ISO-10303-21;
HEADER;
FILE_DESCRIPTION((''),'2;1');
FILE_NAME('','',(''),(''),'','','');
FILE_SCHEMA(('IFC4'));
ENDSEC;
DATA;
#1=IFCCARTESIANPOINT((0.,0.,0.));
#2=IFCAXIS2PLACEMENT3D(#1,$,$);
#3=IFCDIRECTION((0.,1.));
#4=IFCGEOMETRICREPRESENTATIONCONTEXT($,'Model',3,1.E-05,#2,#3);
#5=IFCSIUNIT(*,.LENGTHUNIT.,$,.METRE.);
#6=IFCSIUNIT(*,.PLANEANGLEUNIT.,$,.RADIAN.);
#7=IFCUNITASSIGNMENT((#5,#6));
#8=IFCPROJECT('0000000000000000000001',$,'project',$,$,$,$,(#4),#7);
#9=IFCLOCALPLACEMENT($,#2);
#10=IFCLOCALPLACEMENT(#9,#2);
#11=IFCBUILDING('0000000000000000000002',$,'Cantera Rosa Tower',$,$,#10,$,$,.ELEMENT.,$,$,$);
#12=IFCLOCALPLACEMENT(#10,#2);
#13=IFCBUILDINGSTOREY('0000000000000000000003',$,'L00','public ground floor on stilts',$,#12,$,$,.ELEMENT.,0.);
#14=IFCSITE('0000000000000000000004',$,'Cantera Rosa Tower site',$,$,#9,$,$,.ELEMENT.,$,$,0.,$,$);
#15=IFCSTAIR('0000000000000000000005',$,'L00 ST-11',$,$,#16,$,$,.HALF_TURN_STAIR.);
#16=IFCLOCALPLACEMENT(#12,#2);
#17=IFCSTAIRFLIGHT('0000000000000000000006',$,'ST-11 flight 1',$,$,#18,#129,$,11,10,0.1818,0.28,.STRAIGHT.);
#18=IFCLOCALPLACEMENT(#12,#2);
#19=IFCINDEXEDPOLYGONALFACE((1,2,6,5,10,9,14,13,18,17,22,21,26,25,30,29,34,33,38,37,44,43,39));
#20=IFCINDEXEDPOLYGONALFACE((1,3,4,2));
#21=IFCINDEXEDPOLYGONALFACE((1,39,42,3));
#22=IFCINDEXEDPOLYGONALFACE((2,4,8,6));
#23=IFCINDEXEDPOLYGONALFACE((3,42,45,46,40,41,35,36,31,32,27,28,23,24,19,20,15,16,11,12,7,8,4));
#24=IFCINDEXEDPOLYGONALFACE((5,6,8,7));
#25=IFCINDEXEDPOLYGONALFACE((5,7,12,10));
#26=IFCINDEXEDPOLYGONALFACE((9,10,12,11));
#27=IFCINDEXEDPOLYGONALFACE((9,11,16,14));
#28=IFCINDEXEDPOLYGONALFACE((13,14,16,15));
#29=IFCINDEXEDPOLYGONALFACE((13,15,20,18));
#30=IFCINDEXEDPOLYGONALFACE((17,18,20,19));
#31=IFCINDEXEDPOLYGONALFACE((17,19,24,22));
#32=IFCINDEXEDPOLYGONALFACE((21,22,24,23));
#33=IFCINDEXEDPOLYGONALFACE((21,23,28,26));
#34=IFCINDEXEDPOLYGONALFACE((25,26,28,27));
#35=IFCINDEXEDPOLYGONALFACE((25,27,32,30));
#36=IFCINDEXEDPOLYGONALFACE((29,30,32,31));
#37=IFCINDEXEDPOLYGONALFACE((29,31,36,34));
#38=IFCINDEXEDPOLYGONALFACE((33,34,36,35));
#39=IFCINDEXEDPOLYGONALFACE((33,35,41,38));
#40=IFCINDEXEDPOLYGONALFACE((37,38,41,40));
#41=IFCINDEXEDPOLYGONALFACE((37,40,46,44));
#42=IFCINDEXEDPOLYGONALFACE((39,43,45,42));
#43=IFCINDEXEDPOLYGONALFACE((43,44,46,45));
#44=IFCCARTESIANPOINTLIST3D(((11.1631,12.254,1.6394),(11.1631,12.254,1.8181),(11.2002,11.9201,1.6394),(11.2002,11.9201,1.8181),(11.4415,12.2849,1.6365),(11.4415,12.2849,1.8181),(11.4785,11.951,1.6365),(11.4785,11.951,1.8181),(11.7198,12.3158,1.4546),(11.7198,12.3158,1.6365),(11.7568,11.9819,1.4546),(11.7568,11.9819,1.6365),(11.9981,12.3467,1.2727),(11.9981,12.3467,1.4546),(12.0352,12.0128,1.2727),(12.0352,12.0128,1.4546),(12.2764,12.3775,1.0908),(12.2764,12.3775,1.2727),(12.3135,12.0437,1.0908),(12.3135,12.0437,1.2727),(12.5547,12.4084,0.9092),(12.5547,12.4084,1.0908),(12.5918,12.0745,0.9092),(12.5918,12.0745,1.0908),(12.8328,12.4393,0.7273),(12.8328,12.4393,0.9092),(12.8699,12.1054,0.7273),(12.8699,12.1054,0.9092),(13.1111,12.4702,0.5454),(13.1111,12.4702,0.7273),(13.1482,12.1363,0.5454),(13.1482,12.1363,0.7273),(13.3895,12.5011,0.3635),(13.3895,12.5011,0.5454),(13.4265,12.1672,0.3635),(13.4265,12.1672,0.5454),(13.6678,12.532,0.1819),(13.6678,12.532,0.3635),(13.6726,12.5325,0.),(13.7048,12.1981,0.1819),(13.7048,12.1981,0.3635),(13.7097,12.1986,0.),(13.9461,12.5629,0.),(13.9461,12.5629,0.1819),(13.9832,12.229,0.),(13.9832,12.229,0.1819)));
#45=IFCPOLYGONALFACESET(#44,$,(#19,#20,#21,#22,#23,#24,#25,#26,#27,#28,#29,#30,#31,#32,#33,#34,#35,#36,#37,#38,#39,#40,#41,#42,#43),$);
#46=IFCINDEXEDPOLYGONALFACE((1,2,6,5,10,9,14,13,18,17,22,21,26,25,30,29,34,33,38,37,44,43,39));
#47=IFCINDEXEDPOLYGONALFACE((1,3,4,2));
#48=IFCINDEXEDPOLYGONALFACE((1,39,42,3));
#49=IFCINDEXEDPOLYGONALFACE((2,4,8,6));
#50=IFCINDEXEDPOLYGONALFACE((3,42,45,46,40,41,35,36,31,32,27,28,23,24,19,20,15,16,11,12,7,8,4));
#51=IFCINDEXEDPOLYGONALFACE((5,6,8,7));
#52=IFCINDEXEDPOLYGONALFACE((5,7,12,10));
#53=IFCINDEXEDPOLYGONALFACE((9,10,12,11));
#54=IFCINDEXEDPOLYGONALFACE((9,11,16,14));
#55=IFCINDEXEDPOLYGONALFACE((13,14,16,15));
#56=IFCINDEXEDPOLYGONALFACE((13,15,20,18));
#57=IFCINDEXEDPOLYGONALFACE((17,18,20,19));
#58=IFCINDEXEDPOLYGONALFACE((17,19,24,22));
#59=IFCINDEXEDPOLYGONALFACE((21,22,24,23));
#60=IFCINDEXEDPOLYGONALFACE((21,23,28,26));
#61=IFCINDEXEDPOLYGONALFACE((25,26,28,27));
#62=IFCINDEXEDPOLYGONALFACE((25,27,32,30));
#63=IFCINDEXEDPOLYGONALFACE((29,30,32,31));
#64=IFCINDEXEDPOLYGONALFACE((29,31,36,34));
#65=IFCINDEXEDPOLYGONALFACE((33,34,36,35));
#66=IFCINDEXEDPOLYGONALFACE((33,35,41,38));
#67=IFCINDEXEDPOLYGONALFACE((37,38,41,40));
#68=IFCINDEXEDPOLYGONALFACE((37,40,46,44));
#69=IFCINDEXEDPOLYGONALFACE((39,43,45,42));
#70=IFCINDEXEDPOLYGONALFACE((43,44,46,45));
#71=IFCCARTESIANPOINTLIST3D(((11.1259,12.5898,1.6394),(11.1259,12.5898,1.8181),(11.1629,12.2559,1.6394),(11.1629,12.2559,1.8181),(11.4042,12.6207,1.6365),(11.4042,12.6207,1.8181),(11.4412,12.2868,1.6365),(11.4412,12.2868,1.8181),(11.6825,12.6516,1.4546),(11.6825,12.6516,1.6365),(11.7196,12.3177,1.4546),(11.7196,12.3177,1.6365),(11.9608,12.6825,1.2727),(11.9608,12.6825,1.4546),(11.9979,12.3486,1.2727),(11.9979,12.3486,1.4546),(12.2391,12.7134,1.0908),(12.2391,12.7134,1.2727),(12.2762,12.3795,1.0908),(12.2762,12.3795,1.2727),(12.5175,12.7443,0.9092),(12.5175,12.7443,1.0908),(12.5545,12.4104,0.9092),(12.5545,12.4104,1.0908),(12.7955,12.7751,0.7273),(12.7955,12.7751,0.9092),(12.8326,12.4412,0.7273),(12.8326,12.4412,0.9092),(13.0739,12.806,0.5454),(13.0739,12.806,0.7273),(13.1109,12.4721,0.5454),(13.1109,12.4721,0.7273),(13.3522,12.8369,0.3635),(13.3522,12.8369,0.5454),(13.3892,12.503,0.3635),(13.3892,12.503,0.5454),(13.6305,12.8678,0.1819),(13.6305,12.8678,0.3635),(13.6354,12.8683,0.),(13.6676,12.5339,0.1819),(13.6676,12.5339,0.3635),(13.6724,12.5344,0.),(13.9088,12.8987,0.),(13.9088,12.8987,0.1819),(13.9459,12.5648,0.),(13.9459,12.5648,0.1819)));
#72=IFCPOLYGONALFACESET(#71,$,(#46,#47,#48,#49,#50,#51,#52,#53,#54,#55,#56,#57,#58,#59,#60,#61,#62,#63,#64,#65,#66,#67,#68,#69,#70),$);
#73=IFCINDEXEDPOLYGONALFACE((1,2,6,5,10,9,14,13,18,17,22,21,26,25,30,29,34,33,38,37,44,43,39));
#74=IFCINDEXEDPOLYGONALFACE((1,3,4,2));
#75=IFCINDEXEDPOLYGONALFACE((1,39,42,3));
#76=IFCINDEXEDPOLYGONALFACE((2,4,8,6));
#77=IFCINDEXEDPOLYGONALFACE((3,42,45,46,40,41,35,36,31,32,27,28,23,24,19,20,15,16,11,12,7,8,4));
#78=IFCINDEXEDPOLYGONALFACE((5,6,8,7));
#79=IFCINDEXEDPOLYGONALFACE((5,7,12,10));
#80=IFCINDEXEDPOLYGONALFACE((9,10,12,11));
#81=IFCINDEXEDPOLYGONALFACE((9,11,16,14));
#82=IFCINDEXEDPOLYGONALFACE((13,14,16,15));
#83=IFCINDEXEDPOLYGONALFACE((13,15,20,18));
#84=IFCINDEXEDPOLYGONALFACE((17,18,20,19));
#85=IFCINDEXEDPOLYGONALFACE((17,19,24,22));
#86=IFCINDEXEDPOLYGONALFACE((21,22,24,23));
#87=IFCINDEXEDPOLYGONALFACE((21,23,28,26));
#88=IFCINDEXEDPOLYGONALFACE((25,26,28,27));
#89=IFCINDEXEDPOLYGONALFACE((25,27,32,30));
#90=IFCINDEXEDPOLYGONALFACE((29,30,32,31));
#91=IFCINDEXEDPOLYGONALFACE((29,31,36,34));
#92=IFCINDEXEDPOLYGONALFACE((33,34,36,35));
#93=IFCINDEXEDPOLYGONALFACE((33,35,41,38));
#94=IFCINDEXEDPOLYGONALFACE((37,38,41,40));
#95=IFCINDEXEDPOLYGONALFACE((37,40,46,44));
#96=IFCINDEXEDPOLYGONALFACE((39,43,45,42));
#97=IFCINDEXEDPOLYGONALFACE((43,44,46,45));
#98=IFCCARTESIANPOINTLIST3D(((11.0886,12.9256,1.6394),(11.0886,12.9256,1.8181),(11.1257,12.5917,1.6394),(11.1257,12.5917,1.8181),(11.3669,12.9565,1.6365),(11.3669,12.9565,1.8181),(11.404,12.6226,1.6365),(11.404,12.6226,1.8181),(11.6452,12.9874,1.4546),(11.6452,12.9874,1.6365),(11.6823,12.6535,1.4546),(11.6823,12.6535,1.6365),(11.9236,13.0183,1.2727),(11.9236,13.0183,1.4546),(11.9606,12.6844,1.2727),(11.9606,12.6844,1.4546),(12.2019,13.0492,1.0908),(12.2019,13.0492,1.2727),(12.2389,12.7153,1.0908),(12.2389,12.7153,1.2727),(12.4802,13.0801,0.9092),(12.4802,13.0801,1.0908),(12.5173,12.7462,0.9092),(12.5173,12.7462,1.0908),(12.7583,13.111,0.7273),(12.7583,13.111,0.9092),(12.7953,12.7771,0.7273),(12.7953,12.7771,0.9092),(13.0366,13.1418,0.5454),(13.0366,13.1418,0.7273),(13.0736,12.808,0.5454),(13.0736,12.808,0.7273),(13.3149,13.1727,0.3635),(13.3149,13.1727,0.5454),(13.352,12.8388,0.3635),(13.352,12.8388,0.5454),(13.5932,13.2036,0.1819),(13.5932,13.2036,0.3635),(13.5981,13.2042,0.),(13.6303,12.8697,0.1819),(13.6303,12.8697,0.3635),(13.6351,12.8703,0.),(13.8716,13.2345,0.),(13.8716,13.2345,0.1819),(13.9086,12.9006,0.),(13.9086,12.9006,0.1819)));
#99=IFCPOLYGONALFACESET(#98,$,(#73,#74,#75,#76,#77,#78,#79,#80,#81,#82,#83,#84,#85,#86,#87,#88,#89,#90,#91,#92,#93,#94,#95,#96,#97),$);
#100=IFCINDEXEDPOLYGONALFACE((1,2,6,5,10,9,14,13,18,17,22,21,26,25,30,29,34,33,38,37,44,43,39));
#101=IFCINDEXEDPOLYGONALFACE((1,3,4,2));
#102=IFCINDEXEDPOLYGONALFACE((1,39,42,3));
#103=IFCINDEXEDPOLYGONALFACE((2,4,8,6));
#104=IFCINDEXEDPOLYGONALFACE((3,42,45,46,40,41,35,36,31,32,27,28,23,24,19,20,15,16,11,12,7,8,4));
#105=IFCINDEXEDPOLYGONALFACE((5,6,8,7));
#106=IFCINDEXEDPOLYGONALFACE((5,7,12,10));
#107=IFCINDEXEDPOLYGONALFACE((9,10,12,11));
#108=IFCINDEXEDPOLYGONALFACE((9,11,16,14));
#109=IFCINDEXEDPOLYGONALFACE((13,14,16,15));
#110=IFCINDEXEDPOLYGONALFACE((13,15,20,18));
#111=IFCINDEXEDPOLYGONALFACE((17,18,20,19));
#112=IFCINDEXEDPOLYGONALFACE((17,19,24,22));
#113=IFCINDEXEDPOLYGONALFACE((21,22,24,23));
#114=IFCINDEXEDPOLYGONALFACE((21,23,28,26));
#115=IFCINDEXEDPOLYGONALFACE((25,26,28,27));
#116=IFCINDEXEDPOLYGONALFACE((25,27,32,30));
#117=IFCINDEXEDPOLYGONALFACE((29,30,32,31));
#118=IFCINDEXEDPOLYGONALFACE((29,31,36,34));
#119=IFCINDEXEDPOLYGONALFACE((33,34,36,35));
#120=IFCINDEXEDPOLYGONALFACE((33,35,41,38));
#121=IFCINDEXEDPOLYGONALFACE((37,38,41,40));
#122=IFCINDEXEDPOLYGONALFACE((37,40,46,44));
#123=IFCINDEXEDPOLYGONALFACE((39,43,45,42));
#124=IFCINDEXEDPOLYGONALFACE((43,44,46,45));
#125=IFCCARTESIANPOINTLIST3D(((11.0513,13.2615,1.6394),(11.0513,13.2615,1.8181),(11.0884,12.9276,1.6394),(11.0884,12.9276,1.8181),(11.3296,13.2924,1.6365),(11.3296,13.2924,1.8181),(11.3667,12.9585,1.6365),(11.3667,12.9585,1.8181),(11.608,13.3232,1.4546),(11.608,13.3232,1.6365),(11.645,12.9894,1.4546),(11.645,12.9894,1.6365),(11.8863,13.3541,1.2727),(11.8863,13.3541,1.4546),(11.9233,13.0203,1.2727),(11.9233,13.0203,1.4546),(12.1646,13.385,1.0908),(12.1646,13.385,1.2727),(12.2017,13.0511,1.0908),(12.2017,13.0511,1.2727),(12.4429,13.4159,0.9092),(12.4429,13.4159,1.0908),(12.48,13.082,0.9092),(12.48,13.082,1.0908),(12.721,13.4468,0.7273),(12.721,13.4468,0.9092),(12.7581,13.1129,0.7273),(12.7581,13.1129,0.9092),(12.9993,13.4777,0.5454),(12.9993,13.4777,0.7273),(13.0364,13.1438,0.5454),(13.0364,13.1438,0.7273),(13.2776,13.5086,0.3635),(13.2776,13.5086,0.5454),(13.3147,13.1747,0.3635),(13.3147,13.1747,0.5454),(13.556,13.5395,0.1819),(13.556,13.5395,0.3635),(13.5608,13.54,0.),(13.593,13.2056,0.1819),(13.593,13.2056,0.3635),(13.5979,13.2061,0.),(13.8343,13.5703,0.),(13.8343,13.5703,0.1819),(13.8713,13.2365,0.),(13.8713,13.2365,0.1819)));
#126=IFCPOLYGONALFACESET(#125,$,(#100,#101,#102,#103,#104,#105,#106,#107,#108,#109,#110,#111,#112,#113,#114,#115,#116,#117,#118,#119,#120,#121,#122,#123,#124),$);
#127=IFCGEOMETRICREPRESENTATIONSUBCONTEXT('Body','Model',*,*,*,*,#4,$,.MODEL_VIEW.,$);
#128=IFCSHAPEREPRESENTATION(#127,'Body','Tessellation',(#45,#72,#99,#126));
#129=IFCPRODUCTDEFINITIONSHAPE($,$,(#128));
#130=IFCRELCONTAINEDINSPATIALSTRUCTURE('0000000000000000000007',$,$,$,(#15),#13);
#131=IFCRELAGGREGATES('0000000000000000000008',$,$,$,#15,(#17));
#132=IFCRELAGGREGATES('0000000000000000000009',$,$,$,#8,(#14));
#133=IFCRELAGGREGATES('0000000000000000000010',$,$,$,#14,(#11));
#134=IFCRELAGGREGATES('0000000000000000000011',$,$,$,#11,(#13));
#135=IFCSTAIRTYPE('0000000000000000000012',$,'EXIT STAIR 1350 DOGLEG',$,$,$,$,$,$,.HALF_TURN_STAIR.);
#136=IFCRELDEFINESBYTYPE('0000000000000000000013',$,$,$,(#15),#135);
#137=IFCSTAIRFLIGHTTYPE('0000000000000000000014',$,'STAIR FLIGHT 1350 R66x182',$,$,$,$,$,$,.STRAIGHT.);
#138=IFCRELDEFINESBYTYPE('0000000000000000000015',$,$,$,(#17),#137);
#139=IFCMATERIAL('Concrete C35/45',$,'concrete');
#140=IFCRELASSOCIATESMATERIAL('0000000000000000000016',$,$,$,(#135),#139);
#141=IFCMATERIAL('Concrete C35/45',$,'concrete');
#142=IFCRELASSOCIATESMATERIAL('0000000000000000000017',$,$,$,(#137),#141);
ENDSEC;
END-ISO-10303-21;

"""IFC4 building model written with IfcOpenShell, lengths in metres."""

from ifc_helpers import new_model, si_unit, direction, frame, origin, place, context, subcontext, project, spatial, polyline, outline, extrude, material, type_object, element, aggregate, save


model = new_model("IFC4")

# Units and contexts
model_context = context("Model", 3, precision=1e-05, world=origin(), true_north=direction((0.0, 1.0)))
body_context = subcontext(model_context, "Body", "Model", "MODEL_VIEW")
ifc_project = project(units=[si_unit("LENGTHUNIT", "METRE"), si_unit("PLANEANGLEUNIT", "RADIAN")], contexts=[model_context])

# Site, building, storey
site_placement = place(None, origin())
site = spatial("IfcSite", under=ifc_project, at=site_placement, Name="Cantera Rosa Tower site", CompositionType="ELEMENT", RefElevation=0.0)
building_placement = place(site_placement, origin())
building = spatial("IfcBuilding", under=site, at=building_placement, Name="Cantera Rosa Tower", CompositionType="ELEMENT")
storey_placement = place(building_placement, origin())
storey = spatial("IfcBuildingStorey", under=building, at=storey_placement, Name="L00", Description="public ground floor on stilts", CompositionType="ELEMENT", Elevation=0.0)

# Stair, stair flight
ifc_material_1 = material(Name="Concrete C35/45", Category="concrete")
stair_type = type_object("IfcStairType", Name="EXIT STAIR 1350 DOGLEG", PredefinedType="HALF_TURN_STAIR", material=ifc_material_1)
stair_placement = place(storey_placement, origin())
stair = element("IfcStair", 1, at=stair_placement, inside=storey, type_object=stair_type, Name="L00 ST-11", PredefinedType="HALF_TURN_STAIR")
ifc_material_2 = material(Name="Concrete C35/45", Category="concrete")
stair_flight_type = type_object("IfcStairFlightType", Name="STAIR FLIGHT 1350 R66x182", PredefinedType="STRAIGHT", material=ifc_material_2)
stair_flight_1_placement = place(storey_placement, frame((13.9087, 12.8999, 0.0), z_axis=(0.0, 0.0, 1.0), x_axis=(-0.993897, -0.110313, 0.0)))
stair_flight_1 = element("IfcStairFlight", 2, at=stair_flight_1_placement, type_object=stair_flight_type, Name="ST-11 flight 1", NumberOfRisers=11, NumberOfTreads=10, PredefinedType="STRAIGHT", RiserHeight=0.1818, TreadLength=0.28, context=body_context, shape_type="SweptSolid", body=[
    extrude(outline(polyline([(0.0, 0.0), (0.0, 0.1819), (0.28, 0.1819), (0.28, 0.3635), (0.5601, 0.3635), (0.5601, 0.5454), (0.8401, 0.5454), (0.8401, 0.7273), (1.1201, 0.7273), (1.1201, 0.9092), (1.3999, 0.9092), (1.3999, 1.0908), (1.6799, 1.0908), (1.6799, 1.2727), (1.96, 1.2727), (1.96, 1.4546), (2.24, 1.4546), (2.24, 1.6365), (2.52, 1.6365), (2.52, 1.8181), (2.8, 1.8181), (2.8, 2.0), (2.8, 1.6394), (0.2751, 0.0), (0.0, 0.0)])), frame((0.0, 0.675, 0.0), z_axis=(0.0, -1.0, 0.0), x_axis=(1.0, 0.0, 0.0)), (0.0, 0.0, 1.0), 0.3359),
    extrude(outline(polyline([(0.0, 0.0), (0.0, 0.1819), (0.28, 0.1819), (0.28, 0.3635), (0.5601, 0.3635), (0.5601, 0.5454), (0.8401, 0.5454), (0.8401, 0.7273), (1.1201, 0.7273), (1.1201, 0.9092), (1.3999, 0.9092), (1.3999, 1.0908), (1.6799, 1.0908), (1.6799, 1.2727), (1.96, 1.2727), (1.96, 1.4546), (2.24, 1.4546), (2.24, 1.6365), (2.52, 1.6365), (2.52, 1.8181), (2.8, 1.8181), (2.8, 2.0), (2.8, 1.6394), (0.2751, 0.0), (0.0, 0.0)])), frame((0.0, 0.3372, 0.0), z_axis=(0.0, -1.0, 0.0), x_axis=(1.0, 0.0, 0.0)), (0.0, 0.0, 1.0), 0.3359),
    extrude(outline(polyline([(0.0, 0.0), (0.0, 0.1819), (0.28, 0.1819), (0.28, 0.3635), (0.5601, 0.3635), (0.5601, 0.5454), (0.8401, 0.5454), (0.8401, 0.7273), (1.1201, 0.7273), (1.1201, 0.9092), (1.3999, 0.9092), (1.3999, 1.0908), (1.6799, 1.0908), (1.6799, 1.2727), (1.96, 1.2727), (1.96, 1.4546), (2.24, 1.4546), (2.24, 1.6365), (2.52, 1.6365), (2.52, 1.8181), (2.8, 1.8181), (2.8, 2.0), (2.8, 1.6394), (0.2751, 0.0), (0.0, 0.0)])), frame((0.0, -0.0007, 0.0), z_axis=(0.0, -1.0, 0.0), x_axis=(1.0, 0.0, 0.0)), (0.0, 0.0, 1.0), 0.3359),
    extrude(outline(polyline([(0.0, 0.0), (0.0, 0.1819), (0.28, 0.1819), (0.28, 0.3635), (0.5601, 0.3635), (0.5601, 0.5454), (0.8401, 0.5454), (0.8401, 0.7273), (1.1201, 0.7273), (1.1201, 0.9092), (1.3999, 0.9092), (1.3999, 1.0908), (1.6799, 1.0908), (1.6799, 1.2727), (1.96, 1.2727), (1.96, 1.4546), (2.24, 1.4546), (2.24, 1.6365), (2.52, 1.6365), (2.52, 1.8181), (2.8, 1.8181), (2.8, 2.0), (2.8, 1.6394), (0.2751, 0.0), (0.0, 0.0)])), frame((0.0, -0.3386, 0.0), z_axis=(0.0, -1.0, 0.0), x_axis=(1.0, 0.0, 0.0)), (0.0, 0.0, 1.0), 0.3359),
])
aggregate(stair, [stair_flight_1])

save(model, "model.ifc")
